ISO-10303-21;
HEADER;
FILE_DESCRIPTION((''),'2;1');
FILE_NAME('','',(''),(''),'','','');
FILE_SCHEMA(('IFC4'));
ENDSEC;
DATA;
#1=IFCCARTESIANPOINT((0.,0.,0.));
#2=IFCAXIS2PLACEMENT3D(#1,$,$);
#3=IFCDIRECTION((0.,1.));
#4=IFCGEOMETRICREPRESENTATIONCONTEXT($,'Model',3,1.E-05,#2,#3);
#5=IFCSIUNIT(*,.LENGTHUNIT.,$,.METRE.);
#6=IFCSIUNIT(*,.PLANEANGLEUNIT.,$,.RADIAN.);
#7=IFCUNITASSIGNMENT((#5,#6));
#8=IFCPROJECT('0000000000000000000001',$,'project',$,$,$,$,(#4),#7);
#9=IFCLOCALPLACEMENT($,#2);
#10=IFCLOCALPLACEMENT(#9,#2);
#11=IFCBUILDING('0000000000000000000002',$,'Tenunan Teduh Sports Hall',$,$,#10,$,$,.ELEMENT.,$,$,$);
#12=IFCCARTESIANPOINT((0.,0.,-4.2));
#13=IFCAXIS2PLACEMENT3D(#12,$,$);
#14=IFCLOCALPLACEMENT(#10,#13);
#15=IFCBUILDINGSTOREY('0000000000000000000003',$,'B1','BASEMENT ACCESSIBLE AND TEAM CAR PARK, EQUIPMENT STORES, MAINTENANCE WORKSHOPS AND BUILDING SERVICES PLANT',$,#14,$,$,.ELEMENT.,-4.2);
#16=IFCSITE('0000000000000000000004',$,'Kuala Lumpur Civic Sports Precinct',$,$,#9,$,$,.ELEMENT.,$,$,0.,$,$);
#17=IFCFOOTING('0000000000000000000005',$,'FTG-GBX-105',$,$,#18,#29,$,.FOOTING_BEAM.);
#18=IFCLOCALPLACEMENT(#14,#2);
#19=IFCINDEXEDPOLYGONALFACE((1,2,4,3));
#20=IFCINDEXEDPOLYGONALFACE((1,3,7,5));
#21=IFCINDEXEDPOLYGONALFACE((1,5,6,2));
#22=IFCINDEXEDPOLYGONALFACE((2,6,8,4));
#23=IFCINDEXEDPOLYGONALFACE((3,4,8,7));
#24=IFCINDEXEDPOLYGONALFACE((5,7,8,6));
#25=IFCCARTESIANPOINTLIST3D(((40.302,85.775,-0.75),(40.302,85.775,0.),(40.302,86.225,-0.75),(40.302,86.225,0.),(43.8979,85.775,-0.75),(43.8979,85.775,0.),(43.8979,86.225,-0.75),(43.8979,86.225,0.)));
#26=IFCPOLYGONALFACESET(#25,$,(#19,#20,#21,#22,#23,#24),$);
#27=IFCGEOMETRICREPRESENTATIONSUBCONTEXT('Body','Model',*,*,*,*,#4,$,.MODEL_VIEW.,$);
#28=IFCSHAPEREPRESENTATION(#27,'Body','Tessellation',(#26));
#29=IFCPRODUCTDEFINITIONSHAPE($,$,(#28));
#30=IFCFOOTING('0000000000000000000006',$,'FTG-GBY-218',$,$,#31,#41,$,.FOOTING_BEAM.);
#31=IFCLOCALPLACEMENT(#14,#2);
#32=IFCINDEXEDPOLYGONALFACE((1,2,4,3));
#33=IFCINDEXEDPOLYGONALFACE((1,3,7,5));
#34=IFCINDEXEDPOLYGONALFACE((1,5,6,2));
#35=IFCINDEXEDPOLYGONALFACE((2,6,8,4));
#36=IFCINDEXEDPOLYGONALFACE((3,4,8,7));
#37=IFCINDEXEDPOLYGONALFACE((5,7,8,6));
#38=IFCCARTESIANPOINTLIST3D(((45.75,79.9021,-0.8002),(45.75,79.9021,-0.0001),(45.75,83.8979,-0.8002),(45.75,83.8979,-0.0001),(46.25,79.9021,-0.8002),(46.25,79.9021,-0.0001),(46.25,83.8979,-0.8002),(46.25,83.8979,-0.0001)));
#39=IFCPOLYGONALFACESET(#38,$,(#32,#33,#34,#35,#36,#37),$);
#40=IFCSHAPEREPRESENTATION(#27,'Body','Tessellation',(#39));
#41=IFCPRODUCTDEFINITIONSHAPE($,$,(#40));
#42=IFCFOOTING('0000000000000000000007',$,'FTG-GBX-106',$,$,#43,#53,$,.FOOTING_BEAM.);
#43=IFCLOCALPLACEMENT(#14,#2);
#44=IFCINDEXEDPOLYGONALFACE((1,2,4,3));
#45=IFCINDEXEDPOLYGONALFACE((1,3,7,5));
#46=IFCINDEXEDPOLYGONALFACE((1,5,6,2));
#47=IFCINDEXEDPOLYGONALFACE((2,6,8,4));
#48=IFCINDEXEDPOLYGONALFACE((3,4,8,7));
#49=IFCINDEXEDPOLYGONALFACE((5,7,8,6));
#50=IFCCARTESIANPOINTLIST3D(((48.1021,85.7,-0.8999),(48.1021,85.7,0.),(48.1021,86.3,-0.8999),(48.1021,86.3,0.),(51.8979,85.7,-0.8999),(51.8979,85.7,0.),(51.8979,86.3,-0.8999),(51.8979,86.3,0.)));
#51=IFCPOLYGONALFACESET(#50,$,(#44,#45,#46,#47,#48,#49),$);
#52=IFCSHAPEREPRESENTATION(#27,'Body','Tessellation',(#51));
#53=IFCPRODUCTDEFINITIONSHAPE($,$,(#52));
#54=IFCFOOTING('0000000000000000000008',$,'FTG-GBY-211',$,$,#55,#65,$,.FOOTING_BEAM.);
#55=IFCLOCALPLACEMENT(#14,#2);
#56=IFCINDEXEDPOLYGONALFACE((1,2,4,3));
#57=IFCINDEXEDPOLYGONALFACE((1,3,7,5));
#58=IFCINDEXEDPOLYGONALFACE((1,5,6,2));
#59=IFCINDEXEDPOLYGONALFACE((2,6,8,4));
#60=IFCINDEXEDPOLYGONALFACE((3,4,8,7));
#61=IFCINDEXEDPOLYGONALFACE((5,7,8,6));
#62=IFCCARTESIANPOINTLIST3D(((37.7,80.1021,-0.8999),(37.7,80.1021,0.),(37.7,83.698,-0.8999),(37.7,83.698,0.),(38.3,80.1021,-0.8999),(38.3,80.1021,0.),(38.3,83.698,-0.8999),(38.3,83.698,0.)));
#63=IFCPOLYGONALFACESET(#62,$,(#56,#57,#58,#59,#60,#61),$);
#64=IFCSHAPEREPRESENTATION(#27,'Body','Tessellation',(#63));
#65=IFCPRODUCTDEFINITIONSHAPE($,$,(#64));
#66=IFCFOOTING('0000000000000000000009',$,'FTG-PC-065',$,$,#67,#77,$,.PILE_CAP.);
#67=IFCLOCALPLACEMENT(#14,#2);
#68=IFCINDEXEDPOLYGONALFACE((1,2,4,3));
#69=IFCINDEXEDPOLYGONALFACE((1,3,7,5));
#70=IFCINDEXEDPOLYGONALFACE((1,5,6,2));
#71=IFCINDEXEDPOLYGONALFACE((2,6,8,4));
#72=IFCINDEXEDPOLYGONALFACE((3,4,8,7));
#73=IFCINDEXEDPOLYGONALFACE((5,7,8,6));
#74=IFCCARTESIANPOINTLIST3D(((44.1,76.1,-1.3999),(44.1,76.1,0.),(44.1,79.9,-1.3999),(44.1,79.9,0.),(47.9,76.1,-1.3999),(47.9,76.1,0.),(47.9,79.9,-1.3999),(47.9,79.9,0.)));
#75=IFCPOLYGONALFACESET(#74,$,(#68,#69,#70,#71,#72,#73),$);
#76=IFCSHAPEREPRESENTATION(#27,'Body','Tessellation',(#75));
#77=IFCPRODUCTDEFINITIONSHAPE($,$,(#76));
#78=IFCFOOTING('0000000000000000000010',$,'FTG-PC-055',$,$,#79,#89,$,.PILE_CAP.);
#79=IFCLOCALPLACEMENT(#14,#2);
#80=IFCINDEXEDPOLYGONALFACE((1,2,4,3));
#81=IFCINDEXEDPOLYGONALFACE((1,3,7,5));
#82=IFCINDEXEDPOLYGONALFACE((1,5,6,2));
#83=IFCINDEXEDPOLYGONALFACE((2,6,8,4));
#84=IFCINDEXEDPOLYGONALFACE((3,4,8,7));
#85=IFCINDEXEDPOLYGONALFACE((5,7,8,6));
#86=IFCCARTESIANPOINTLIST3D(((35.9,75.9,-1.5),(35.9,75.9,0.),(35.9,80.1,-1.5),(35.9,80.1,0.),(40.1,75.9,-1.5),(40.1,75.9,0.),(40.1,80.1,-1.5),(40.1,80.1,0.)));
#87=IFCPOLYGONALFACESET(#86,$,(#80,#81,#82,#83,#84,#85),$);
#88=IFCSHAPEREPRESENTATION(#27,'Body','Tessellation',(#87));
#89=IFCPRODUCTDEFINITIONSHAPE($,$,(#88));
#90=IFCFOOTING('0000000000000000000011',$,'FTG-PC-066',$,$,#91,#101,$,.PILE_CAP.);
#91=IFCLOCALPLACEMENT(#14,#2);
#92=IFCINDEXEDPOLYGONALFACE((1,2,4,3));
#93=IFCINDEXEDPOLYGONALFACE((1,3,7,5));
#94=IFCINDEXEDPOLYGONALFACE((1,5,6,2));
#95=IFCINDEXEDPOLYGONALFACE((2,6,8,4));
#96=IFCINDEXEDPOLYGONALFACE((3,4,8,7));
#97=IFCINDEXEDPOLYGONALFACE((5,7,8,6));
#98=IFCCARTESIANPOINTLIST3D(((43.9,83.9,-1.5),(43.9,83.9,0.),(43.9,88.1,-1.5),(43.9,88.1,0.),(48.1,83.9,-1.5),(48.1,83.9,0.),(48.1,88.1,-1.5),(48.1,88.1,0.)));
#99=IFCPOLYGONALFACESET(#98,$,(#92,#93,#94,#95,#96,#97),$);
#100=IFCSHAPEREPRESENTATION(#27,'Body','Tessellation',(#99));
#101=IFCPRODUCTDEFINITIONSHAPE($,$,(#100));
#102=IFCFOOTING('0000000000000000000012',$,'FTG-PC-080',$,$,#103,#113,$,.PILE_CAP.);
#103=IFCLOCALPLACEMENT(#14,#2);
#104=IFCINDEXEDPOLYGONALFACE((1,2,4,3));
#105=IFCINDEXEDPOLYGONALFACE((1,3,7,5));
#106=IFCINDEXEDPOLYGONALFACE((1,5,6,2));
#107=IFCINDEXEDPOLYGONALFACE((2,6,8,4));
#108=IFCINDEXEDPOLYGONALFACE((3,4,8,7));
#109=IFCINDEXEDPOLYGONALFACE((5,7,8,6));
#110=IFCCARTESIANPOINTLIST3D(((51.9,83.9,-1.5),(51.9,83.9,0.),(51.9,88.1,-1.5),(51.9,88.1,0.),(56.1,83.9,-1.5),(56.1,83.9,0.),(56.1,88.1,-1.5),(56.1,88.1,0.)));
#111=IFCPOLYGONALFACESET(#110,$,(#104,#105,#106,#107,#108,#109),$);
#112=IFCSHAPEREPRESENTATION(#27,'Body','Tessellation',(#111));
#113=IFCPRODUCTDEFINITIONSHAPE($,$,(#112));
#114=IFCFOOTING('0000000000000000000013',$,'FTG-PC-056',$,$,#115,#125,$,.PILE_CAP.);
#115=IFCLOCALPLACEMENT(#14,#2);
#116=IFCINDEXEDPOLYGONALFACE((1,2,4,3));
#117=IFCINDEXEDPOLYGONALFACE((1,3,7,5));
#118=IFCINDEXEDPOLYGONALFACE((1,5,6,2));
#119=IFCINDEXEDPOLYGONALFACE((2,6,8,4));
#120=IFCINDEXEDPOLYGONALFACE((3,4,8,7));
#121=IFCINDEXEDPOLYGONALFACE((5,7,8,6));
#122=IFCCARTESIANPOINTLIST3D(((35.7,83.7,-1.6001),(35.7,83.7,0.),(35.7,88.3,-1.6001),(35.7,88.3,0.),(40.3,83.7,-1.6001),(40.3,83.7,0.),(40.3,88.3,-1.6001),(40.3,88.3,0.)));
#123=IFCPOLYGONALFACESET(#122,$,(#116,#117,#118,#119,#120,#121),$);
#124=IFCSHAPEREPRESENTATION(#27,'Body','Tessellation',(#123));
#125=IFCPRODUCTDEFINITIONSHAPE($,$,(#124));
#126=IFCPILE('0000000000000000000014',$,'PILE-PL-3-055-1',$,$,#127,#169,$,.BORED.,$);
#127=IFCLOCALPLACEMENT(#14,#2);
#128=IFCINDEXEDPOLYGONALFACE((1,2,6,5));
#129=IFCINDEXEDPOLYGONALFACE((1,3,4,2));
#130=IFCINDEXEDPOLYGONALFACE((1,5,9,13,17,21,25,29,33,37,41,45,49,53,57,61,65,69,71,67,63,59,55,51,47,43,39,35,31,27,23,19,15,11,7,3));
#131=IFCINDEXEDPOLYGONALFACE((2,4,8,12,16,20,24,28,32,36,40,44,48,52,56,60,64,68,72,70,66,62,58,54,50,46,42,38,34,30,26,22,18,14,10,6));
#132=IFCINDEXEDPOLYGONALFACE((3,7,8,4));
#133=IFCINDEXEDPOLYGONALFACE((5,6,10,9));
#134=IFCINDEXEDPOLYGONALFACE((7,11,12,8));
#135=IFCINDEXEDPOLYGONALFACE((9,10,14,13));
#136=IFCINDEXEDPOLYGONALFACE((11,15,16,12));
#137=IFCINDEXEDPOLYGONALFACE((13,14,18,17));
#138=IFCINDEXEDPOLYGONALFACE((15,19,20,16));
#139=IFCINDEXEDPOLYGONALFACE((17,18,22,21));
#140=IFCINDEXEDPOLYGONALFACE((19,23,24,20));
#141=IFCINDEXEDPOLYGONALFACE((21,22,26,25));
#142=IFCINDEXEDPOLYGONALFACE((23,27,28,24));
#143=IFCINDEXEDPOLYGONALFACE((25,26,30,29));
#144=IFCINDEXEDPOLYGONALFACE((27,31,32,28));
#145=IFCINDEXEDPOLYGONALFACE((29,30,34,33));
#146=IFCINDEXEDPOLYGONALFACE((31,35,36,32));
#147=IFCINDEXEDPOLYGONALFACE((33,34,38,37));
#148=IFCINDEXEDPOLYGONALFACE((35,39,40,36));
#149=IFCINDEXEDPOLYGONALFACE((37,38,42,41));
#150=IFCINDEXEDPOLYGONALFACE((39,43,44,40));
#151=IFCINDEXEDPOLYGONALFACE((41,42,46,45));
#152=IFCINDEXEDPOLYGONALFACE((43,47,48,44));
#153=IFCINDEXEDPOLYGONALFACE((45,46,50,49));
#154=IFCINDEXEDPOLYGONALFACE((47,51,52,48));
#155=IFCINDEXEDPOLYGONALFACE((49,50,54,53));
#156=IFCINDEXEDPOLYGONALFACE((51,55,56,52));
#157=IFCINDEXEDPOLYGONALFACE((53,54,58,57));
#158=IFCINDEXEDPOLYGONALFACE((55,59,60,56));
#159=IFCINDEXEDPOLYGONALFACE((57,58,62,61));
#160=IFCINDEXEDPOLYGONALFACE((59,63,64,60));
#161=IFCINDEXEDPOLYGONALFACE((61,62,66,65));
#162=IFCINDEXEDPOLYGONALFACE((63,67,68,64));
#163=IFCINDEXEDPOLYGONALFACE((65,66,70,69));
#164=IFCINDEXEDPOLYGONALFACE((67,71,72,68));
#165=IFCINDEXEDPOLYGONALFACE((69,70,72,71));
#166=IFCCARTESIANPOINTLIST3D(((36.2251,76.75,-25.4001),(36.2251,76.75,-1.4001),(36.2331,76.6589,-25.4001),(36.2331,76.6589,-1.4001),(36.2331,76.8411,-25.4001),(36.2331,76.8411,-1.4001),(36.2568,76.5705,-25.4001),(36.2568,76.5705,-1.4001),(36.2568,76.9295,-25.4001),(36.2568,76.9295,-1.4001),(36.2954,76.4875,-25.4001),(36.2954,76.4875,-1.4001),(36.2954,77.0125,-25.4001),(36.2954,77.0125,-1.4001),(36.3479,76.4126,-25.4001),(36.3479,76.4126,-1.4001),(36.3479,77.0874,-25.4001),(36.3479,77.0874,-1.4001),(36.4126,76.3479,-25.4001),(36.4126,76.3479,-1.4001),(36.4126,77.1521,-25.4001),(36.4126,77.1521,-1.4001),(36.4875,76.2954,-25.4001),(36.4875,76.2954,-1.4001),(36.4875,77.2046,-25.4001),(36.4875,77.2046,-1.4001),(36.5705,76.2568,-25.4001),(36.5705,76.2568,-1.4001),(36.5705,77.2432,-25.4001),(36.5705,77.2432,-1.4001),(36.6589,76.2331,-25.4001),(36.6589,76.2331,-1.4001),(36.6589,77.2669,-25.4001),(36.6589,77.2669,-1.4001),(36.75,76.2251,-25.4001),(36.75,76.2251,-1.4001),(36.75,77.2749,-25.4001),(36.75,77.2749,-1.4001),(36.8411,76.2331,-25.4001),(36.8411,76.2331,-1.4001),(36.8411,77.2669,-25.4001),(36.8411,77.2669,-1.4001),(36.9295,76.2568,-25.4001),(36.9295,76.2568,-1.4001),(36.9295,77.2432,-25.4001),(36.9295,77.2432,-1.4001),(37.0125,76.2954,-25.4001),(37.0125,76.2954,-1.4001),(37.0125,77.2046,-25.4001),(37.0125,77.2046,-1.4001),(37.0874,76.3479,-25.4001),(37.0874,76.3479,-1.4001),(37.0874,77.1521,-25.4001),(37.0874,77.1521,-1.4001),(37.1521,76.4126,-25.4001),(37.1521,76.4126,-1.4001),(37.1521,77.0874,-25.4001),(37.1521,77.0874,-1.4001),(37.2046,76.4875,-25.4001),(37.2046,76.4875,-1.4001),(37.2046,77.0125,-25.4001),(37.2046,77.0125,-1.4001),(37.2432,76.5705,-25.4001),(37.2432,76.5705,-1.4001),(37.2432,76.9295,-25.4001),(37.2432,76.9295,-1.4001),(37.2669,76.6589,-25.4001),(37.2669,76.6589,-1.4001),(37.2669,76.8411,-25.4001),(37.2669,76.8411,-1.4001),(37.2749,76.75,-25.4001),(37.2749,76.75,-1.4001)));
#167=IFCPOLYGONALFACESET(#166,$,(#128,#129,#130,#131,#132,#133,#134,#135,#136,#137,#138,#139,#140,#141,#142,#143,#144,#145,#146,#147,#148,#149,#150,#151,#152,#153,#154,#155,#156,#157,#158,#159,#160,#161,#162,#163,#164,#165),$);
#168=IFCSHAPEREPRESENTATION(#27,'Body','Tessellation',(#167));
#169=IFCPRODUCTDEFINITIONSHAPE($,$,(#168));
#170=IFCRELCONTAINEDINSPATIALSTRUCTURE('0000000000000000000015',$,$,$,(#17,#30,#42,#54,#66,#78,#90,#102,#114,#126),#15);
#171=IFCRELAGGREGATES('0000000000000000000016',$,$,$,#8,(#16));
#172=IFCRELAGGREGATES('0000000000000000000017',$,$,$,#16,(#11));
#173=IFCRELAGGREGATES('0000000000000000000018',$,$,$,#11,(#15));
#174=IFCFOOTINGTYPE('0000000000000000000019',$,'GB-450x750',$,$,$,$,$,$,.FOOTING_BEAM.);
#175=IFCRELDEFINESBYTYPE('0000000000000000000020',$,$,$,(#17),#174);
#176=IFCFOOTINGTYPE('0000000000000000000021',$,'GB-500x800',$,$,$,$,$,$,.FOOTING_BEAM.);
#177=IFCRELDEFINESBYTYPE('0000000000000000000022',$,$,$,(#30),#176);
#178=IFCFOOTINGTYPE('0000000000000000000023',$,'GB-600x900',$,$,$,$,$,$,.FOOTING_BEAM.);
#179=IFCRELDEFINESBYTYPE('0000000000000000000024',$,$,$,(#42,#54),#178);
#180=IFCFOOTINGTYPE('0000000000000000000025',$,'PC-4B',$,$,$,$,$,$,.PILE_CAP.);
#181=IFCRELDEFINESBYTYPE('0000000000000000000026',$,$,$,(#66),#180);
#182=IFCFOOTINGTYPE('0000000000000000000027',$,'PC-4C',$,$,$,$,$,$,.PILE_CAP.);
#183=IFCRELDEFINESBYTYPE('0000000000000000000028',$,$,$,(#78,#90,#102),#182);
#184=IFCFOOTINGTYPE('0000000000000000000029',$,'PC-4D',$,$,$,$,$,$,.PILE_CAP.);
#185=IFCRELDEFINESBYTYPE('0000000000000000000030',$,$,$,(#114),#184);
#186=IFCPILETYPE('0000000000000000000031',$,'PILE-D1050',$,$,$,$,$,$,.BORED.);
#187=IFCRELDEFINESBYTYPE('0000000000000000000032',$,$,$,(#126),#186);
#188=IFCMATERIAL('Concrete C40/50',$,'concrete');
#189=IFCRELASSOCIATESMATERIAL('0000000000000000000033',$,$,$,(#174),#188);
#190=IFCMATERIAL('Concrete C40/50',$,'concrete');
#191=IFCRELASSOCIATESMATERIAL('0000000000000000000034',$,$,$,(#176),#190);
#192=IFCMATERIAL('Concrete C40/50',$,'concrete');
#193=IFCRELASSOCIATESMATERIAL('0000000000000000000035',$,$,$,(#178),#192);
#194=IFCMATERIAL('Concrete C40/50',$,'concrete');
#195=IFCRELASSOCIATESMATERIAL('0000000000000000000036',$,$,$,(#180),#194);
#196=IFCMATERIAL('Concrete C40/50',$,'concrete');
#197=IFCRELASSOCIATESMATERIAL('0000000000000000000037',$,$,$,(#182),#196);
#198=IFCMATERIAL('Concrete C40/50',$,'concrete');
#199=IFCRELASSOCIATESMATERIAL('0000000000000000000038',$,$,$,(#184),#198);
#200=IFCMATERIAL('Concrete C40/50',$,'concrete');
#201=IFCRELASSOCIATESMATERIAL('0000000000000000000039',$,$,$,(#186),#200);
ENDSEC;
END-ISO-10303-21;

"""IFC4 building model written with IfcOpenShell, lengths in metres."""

from ifc_helpers import new_model, si_unit, direction, frame, origin, origin_2d, place, context, subcontext, project, spatial, rectangle, circle, extrude, material, material_profile, profile_set, type_object, element, save


model = new_model("IFC4")

# Units and contexts
model_context = context("Model", 3, precision=1e-05, world=origin(), true_north=direction((0.0, 1.0)))
body_context = subcontext(model_context, "Body", "Model", "MODEL_VIEW")
ifc_project = project(units=[si_unit("LENGTHUNIT", "METRE"), si_unit("PLANEANGLEUNIT", "RADIAN")], contexts=[model_context])

# Site, building, storey
site_placement = place(None, origin())
site = spatial("IfcSite", under=ifc_project, at=site_placement, Name="Kuala Lumpur Civic Sports Precinct", CompositionType="ELEMENT", RefElevation=0.0)
building_placement = place(site_placement, origin())
building = spatial("IfcBuilding", under=site, at=building_placement, Name="Tenunan Teduh Sports Hall", CompositionType="ELEMENT")
storey_placement = place(building_placement, frame((0.0, 0.0, -4.2)))
storey = spatial("IfcBuildingStorey", under=building, at=storey_placement, Name="B1", Description="BASEMENT ACCESSIBLE AND TEAM CAR PARK, EQUIPMENT STORES, MAINTENANCE WORKSHOPS AND BUILDING SERVICES PLANT", CompositionType="ELEMENT", Elevation=-4.2)

# Footings
ifc_material_1 = material(Name="Concrete C40/50", Category="concrete")
ifc_material_profile_1 = material_profile(ifc_material_1, rectangle(XDim=0.45, YDim=0.75, at=origin_2d()), Name="RCB 450x750")
ifc_profile_set_1 = profile_set([ifc_material_profile_1], Name="Concrete C40/50")
footing_type_1 = type_object("IfcFootingType", Name="GB-450x750", PredefinedType="FOOTING_BEAM", material=ifc_profile_set_1)
footing_1_placement = place(storey_placement, frame((40.302, 86.0, -0.375), z_axis=(1.0, 0.0, 0.0), x_axis=(0.0, 1.0, 0.0)))
element("IfcFooting", 1, at=footing_1_placement, inside=storey, type_object=footing_type_1, Name="FTG-GBX-105", PredefinedType="FOOTING_BEAM", context=body_context, shape_type="SweptSolid", body=[
    extrude(rectangle(XDim=0.45, YDim=0.75, at=origin_2d()), origin(), (0.0, 0.0, 1.0), 3.5959),
])
ifc_material_2 = material(Name="Concrete C40/50", Category="concrete")
ifc_material_profile_2 = material_profile(ifc_material_2, rectangle(XDim=0.5, YDim=0.8, at=origin_2d()), Name="RCB 500x800")
ifc_profile_set_2 = profile_set([ifc_material_profile_2], Name="Concrete C40/50")
footing_type_2 = type_object("IfcFootingType", Name="GB-500x800", PredefinedType="FOOTING_BEAM", material=ifc_profile_set_2)
footing_2_placement = place(storey_placement, frame((46.0, 79.9021, -0.4001), z_axis=(0.0, 1.0, 0.0), x_axis=(-1.0, 0.0, 0.0)))
element("IfcFooting", 2, at=footing_2_placement, inside=storey, type_object=footing_type_2, Name="FTG-GBY-218", PredefinedType="FOOTING_BEAM", context=body_context, shape_type="SweptSolid", body=[
    extrude(rectangle(XDim=0.5, YDim=0.8, at=origin_2d()), origin(), (0.0, 0.0, 1.0), 3.9958),
])
ifc_material_3 = material(Name="Concrete C40/50", Category="concrete")
ifc_material_profile_3 = material_profile(ifc_material_3, rectangle(XDim=0.6001, YDim=0.8999, at=origin_2d()), Name="RCB 600x900")
ifc_profile_set_3 = profile_set([ifc_material_profile_3], Name="Concrete C40/50")
footing_type_3 = type_object("IfcFootingType", Name="GB-600x900", PredefinedType="FOOTING_BEAM", material=ifc_profile_set_3)
footing_3_placement = place(storey_placement, frame((48.1021, 86.0, -0.45), z_axis=(1.0, 0.0, 0.0), x_axis=(0.0, 1.0, 0.0)))
element("IfcFooting", 3, at=footing_3_placement, inside=storey, type_object=footing_type_3, Name="FTG-GBX-106", PredefinedType="FOOTING_BEAM", context=body_context, shape_type="SweptSolid", body=[
    extrude(rectangle(XDim=0.6001, YDim=0.8999, at=origin_2d()), origin(), (0.0, 0.0, 1.0), 3.7959),
])
footing_4_placement = place(storey_placement, frame((38.0, 80.1021, -0.45), z_axis=(0.0, 1.0, 0.0), x_axis=(-1.0, 0.0, 0.0)))
element("IfcFooting", 4, at=footing_4_placement, inside=storey, type_object=footing_type_3, Name="FTG-GBY-211", PredefinedType="FOOTING_BEAM", context=body_context, shape_type="SweptSolid", body=[
    extrude(rectangle(XDim=0.6001, YDim=0.8999, at=origin_2d()), origin(), (0.0, 0.0, 1.0), 3.5959),
])
ifc_material_4 = material(Name="Concrete C40/50", Category="concrete")
footing_type_4 = type_object("IfcFootingType", Name="PC-4B", PredefinedType="PILE_CAP", material=ifc_material_4)
footing_5_placement = place(storey_placement, frame((46.0, 78.0, -1.3999), z_axis=(0.0, 0.0, 1.0), x_axis=(1.0, 0.0, 0.0)))
element("IfcFooting", 5, at=footing_5_placement, inside=storey, type_object=footing_type_4, Name="FTG-PC-065", PredefinedType="PILE_CAP", context=body_context, shape_type="SweptSolid", body=[
    extrude(rectangle(XDim=3.8, YDim=3.8, at=origin_2d()), origin(), (0.0, 0.0, 1.0), 1.3999),
])
ifc_material_5 = material(Name="Concrete C40/50", Category="concrete")
footing_type_5 = type_object("IfcFootingType", Name="PC-4C", PredefinedType="PILE_CAP", material=ifc_material_5)
for number, where, z_axis, x_axis, name in (
    (6, (38.0, 78.0, -1.5), (0.0, 0.0, 1.0), (1.0, 0.0, 0.0), "FTG-PC-055"),
    (7, (46.0, 86.0, -1.5), (0.0, 0.0, 1.0), (1.0, 0.0, 0.0), "FTG-PC-066"),
    (8, (54.0, 86.0, -1.5), (0.0, 0.0, 1.0), (1.0, 0.0, 0.0), "FTG-PC-080"),
):
    element("IfcFooting", number, at=place(storey_placement, frame(where, z_axis=z_axis, x_axis=x_axis)), inside=storey, type_object=footing_type_5, Name=name, PredefinedType="PILE_CAP", context=body_context, shape_type="SweptSolid", body=[
        extrude(rectangle(XDim=4.2, YDim=4.2, at=origin_2d()), origin(), (0.0, 0.0, 1.0), 1.5),
    ])
ifc_material_6 = material(Name="Concrete C40/50", Category="concrete")
footing_type_6 = type_object("IfcFootingType", Name="PC-4D", PredefinedType="PILE_CAP", material=ifc_material_6)
footing_6_placement = place(storey_placement, frame((38.0, 86.0, -1.6001), z_axis=(0.0, 0.0, 1.0), x_axis=(1.0, 0.0, 0.0)))
element("IfcFooting", 9, at=footing_6_placement, inside=storey, type_object=footing_type_6, Name="FTG-PC-056", PredefinedType="PILE_CAP", context=body_context, shape_type="SweptSolid", body=[
    extrude(rectangle(XDim=4.6001, YDim=4.6001, at=origin_2d()), origin(), (0.0, 0.0, 1.0), 1.6001),
])

# Pile
ifc_material_7 = material(Name="Concrete C40/50", Category="concrete")
ifc_material_profile_4 = material_profile(ifc_material_7, circle(Radius=0.5249, at=origin_2d()), Name="PILE D1050")
ifc_profile_set_4 = profile_set([ifc_material_profile_4], Name="Concrete C40/50")
pile_type_1 = type_object("IfcPileType", Name="PILE-D1050", PredefinedType="BORED", material=ifc_profile_set_4)
for number, where, z_axis, x_axis, name in (
    (10, (36.75, 76.75, -1.4001), (0.0, 0.0, -1.0), (1.0, 0.0, 0.0), "PILE-PL-3-055-1"),
):
    element("IfcPile", number, at=place(storey_placement, frame(where, z_axis=z_axis, x_axis=x_axis)), inside=storey, type_object=pile_type_1, Name=name, PredefinedType="BORED", context=body_context, shape_type="SweptSolid", body=[
        extrude(circle(Radius=0.5249, at=origin_2d()), origin(), (0.0, 0.0, 1.0), 24.0),
    ])

save(model, "model.ifc")
